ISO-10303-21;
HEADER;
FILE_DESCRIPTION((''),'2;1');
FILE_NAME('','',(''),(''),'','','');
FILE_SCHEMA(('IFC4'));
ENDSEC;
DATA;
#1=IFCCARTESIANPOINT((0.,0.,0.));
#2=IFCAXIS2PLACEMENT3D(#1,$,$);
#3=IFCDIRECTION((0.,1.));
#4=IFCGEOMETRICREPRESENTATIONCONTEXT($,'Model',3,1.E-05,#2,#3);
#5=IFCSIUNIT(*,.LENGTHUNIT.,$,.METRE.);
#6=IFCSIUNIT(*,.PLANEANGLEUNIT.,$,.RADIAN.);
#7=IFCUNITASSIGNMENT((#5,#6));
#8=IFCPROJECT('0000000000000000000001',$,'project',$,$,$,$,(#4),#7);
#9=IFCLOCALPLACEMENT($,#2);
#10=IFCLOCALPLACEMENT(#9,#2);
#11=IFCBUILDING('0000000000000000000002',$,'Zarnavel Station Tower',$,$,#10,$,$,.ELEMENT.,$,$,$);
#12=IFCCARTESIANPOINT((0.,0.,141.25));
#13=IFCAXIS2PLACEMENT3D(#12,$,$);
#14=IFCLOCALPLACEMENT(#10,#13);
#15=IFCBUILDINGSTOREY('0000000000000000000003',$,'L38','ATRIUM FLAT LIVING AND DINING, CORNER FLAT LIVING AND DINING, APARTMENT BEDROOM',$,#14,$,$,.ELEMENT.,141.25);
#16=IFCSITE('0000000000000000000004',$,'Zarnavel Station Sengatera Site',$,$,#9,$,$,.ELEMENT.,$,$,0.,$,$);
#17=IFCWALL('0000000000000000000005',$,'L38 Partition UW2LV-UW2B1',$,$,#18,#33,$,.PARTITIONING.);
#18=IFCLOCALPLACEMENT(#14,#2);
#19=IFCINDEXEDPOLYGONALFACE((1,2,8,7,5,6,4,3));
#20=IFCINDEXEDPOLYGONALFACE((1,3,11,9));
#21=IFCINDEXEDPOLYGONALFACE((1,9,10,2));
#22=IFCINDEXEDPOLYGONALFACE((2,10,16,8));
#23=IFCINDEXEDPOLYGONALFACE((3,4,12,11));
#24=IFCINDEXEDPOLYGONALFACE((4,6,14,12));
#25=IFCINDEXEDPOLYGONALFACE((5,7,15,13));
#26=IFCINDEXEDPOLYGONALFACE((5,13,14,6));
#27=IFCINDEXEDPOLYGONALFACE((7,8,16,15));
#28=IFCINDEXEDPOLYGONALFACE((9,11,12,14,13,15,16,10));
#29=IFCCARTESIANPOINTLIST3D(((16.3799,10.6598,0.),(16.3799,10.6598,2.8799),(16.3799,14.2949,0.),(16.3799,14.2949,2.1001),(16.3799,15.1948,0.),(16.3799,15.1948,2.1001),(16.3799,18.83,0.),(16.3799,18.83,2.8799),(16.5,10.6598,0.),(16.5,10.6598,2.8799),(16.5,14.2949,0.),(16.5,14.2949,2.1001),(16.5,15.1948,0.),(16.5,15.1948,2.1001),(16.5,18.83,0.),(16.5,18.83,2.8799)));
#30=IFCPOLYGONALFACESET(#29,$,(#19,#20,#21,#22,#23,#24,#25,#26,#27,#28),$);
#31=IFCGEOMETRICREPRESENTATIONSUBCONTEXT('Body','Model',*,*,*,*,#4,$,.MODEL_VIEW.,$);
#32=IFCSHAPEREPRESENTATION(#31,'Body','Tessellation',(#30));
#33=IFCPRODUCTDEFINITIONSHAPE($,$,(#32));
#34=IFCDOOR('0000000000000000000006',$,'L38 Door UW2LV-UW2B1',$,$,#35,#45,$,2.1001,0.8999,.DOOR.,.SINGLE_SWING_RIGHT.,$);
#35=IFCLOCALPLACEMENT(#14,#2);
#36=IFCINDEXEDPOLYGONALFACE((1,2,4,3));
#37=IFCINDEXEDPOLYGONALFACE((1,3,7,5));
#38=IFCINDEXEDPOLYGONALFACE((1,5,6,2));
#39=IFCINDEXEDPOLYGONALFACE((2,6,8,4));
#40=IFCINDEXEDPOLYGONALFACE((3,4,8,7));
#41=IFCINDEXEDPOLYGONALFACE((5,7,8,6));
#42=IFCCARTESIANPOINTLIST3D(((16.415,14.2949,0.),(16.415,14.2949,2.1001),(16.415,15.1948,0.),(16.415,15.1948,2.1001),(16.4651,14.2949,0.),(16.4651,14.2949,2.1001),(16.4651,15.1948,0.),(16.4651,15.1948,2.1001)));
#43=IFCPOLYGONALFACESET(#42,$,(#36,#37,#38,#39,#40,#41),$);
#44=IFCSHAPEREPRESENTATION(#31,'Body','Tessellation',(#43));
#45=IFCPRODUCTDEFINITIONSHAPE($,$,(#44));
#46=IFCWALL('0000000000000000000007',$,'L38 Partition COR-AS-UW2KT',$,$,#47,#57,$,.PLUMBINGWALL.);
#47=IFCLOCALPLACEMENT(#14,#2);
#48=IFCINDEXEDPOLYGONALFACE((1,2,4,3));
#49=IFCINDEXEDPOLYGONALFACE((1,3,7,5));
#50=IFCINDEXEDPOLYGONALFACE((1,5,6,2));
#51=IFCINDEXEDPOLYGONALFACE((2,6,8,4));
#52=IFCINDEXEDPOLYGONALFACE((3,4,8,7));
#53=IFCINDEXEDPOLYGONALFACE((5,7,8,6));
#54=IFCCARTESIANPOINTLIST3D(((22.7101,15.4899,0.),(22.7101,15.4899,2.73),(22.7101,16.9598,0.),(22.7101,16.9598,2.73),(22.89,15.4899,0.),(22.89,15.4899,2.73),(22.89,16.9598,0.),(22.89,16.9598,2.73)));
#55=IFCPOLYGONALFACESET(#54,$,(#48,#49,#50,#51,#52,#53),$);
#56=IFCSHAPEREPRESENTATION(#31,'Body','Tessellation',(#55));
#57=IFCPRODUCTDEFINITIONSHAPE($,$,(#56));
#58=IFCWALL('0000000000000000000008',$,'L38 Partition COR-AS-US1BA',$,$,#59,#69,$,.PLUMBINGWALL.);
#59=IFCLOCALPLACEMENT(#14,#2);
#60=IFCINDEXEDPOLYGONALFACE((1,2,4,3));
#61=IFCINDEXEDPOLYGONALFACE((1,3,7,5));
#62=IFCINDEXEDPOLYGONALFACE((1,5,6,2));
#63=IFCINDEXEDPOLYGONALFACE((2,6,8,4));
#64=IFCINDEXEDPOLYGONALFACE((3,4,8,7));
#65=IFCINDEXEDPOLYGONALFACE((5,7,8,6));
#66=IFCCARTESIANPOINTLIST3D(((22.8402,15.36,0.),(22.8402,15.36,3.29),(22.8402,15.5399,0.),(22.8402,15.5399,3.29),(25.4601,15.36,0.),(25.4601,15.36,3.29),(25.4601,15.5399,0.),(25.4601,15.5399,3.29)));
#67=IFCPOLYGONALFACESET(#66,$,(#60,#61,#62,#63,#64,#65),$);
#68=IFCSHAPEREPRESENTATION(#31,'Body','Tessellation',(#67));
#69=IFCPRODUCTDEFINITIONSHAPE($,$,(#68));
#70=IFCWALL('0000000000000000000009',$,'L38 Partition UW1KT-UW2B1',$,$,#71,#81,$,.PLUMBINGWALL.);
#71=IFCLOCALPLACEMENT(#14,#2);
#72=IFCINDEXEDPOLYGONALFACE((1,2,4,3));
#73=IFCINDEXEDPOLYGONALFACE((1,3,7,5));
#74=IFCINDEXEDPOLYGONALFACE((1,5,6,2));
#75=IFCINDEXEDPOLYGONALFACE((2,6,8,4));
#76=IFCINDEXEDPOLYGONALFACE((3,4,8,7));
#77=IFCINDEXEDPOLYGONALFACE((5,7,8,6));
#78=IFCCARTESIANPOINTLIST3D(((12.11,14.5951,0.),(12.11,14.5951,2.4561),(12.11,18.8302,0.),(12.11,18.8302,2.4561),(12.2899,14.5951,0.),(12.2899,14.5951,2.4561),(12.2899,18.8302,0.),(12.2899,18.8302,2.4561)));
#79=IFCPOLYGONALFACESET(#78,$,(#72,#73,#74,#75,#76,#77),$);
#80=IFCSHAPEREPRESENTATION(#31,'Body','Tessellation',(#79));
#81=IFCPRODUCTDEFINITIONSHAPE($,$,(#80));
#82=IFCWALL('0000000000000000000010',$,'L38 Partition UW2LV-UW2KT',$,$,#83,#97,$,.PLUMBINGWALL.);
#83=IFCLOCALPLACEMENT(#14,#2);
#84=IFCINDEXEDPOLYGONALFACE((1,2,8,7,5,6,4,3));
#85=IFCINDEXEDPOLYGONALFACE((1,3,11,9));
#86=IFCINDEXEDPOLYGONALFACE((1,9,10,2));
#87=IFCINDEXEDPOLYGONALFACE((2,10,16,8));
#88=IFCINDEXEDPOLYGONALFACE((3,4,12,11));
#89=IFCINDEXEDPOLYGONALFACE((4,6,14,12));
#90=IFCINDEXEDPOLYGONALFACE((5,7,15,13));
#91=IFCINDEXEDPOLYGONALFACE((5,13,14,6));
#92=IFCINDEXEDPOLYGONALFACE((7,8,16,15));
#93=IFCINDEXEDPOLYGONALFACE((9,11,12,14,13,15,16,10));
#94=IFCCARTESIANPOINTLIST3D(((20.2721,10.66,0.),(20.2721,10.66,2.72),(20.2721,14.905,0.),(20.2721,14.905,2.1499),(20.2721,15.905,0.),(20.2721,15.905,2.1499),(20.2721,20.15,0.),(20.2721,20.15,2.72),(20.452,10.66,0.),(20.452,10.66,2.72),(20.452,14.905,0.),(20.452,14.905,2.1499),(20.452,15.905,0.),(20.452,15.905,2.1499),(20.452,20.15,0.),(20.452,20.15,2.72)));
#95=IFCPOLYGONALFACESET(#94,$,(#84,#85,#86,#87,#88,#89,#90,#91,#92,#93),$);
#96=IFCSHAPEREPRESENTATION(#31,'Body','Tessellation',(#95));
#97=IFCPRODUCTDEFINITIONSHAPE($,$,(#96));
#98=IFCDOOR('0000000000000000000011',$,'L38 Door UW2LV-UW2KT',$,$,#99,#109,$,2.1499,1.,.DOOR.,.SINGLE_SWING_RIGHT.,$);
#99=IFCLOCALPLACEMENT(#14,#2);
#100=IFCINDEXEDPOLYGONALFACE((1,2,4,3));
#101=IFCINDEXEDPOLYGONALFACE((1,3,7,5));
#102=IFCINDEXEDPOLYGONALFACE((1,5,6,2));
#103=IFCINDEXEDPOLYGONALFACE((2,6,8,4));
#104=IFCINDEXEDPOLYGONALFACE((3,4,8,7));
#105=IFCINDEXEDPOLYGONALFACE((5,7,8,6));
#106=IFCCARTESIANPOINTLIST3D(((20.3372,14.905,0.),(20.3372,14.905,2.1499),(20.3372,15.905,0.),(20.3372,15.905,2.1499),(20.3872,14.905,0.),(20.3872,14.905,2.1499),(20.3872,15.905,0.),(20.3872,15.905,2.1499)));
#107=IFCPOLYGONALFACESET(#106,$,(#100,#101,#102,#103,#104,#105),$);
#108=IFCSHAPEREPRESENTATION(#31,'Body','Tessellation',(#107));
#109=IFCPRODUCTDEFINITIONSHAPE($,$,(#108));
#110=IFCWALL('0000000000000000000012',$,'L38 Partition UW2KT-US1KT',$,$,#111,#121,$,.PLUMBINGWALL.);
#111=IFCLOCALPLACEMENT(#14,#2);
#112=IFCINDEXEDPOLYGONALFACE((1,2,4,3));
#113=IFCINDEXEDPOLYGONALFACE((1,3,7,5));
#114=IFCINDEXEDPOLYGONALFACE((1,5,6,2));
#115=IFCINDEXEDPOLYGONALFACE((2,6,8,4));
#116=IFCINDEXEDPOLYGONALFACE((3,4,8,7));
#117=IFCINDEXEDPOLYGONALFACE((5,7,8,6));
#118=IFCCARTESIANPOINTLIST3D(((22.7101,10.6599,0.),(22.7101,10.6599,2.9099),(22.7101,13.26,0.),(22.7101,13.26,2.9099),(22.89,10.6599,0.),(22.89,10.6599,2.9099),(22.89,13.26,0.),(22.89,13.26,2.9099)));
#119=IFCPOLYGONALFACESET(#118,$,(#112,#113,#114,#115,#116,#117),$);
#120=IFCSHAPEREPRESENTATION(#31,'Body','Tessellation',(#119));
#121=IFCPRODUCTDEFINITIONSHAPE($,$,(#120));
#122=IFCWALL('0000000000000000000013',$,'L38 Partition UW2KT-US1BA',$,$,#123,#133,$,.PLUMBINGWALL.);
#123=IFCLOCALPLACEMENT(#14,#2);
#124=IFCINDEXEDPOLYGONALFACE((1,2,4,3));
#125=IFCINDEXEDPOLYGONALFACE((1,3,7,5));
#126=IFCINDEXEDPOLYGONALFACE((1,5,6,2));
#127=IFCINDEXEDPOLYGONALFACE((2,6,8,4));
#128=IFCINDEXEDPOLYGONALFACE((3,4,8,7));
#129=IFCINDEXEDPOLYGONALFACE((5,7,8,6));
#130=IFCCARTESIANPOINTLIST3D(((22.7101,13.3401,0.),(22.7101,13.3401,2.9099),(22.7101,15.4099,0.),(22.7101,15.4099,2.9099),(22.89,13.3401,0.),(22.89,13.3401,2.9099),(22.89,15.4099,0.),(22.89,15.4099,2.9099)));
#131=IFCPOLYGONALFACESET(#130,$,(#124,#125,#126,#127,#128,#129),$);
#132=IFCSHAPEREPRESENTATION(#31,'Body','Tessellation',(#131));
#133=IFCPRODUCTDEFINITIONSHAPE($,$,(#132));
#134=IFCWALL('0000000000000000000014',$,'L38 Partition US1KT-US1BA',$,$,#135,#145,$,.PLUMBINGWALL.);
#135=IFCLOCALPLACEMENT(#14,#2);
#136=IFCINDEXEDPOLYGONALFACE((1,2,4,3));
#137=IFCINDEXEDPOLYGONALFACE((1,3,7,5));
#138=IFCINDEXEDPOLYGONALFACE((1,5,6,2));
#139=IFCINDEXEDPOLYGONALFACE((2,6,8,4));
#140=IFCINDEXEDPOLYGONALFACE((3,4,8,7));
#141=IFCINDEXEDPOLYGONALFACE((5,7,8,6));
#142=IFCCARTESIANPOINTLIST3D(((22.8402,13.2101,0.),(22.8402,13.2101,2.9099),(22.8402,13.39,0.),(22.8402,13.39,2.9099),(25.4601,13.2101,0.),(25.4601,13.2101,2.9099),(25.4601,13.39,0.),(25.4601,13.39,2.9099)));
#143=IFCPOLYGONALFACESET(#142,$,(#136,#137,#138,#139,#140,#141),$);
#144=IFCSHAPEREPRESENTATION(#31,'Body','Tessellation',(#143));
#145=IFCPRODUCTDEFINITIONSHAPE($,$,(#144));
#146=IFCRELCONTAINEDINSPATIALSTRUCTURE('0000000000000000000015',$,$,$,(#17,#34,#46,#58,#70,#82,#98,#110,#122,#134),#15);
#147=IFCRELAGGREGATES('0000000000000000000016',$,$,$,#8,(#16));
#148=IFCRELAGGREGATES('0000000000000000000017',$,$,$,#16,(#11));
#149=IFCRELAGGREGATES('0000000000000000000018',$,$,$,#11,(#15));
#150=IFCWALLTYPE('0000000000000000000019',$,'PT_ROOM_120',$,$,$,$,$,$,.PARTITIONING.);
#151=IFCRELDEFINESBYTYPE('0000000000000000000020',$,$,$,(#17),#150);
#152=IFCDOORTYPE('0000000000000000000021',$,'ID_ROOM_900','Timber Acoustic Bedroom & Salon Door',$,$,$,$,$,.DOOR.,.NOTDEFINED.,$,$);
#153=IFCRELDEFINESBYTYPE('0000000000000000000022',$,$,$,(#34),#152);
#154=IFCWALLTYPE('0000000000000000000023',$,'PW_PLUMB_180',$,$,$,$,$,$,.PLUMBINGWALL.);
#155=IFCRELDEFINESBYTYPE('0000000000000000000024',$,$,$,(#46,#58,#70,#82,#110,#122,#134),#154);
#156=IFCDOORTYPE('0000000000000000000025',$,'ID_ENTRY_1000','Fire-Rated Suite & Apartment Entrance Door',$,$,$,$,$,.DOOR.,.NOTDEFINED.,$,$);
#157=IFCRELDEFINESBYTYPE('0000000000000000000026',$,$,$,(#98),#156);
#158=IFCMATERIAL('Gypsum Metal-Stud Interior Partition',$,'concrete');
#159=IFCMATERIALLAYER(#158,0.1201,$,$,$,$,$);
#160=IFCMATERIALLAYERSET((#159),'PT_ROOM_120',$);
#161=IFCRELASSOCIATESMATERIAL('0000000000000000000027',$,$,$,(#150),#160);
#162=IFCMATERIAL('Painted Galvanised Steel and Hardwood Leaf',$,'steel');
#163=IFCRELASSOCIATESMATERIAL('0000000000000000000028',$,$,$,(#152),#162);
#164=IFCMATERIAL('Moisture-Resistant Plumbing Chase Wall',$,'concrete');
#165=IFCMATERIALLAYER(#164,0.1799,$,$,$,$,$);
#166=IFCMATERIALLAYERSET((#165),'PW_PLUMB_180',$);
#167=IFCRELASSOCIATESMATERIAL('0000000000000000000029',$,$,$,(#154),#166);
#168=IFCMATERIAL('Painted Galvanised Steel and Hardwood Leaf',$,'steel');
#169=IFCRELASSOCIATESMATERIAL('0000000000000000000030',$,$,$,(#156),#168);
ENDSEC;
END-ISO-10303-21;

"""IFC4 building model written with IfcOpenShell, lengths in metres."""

from ifc_helpers import new_model, si_unit, direction, frame, frame_2d, origin, place, context, subcontext, project, spatial, rectangle, extrude, material, layer, layer_set, type_object, element, fill, save


model = new_model("IFC4")

# Units and contexts
model_context = context("Model", 3, precision=1e-05, world=origin(), true_north=direction((0.0, 1.0)))
body_context = subcontext(model_context, "Body", "Model", "MODEL_VIEW")
ifc_project = project(units=[si_unit("LENGTHUNIT", "METRE"), si_unit("PLANEANGLEUNIT", "RADIAN")], contexts=[model_context])

# Site, building, storey
site_placement = place(None, origin())
site = spatial("IfcSite", under=ifc_project, at=site_placement, Name="Zarnavel Station Sengatera Site", CompositionType="ELEMENT", RefElevation=0.0)
building_placement = place(site_placement, origin())
building = spatial("IfcBuilding", under=site, at=building_placement, Name="Zarnavel Station Tower", CompositionType="ELEMENT")
storey_placement = place(building_placement, frame((0.0, 0.0, 141.25)))
storey = spatial("IfcBuildingStorey", under=building, at=storey_placement, Name="L38", Description="ATRIUM FLAT LIVING AND DINING, CORNER FLAT LIVING AND DINING, APARTMENT BEDROOM", CompositionType="ELEMENT", Elevation=141.25)

# Wall, opening, door
ifc_material_1 = material(Name="Gypsum Metal-Stud Interior Partition", Category="concrete")
ifc_layer_1 = layer(ifc_material_1, 0.1201)
ifc_layer_set_1 = layer_set([ifc_layer_1], Name="PT_ROOM_120")
wall_type_1 = type_object("IfcWallType", Name="PT_ROOM_120", PredefinedType="PARTITIONING", material=ifc_layer_set_1)
wall_1_placement = place(storey_placement, frame((16.4399, 10.6599, 0.0), z_axis=(0.0, 0.0, 1.0), x_axis=(0.0, 1.0, 0.0)))
wall_1 = element("IfcWall", 1, at=wall_1_placement, inside=storey, type_object=wall_type_1, Name="L38 Partition UW2LV-UW2B1", PredefinedType="PARTITIONING", context=body_context, shape_type="SweptSolid", body=[
    extrude(rectangle(XDim=8.1702, YDim=0.1201, at=frame_2d((4.085, 0.0))), origin(), (0.0, 0.0, 1.0), 2.8799),
])
opening_1_placement = place(wall_1_placement, frame((3.635, 0.0, 0.0)))
opening_1 = element("IfcOpeningElement", 2, at=opening_1_placement, cuts=wall_1, PredefinedType="OPENING", context=body_context, shape_type="SweptSolid", body=[
    extrude(rectangle(XDim=0.8999, YDim=2.1001, at=frame_2d((0.45, 1.05))), frame((0.0, 0.0701, 0.0), z_axis=(0.0, -1.0, 0.0), x_axis=(1.0, 0.0, 0.0)), (0.0, 0.0, 1.0), 0.1401),
])
ifc_material_2 = material(Name="Painted Galvanised Steel and Hardwood Leaf", Category="steel")
door_type_1 = type_object("IfcDoorType", Name="ID_ROOM_900", Description="Timber Acoustic Bedroom & Salon Door", OperationType="NOTDEFINED", PredefinedType="DOOR", material=ifc_material_2)
door_1_placement = place(opening_1_placement, origin())
door_1 = element("IfcDoor", 3, at=door_1_placement, inside=storey, type_object=door_type_1, Name="L38 Door UW2LV-UW2B1", OperationType="SINGLE_SWING_RIGHT", OverallHeight=2.1001, OverallWidth=0.8999, PredefinedType="DOOR", context=body_context, shape_type="SweptSolid", body=[
    extrude(rectangle(XDim=0.8999, YDim=2.1001, at=frame_2d((0.45, 1.05))), frame((0.0, 0.0249, 0.0), z_axis=(0.0, -1.0, 0.0), x_axis=(1.0, 0.0, 0.0)), (0.0, 0.0, 1.0), 0.05),
])
fill(opening_1, door_1)

# Walls
ifc_material_3 = material(Name="Moisture-Resistant Plumbing Chase Wall", Category="concrete")
ifc_layer_2 = layer(ifc_material_3, 0.1799)
ifc_layer_set_2 = layer_set([ifc_layer_2], Name="PW_PLUMB_180")
wall_type_2 = type_object("IfcWallType", Name="PW_PLUMB_180", PredefinedType="PLUMBINGWALL", material=ifc_layer_set_2)
wall_2_placement = place(storey_placement, frame((22.8, 15.49, 0.0), z_axis=(0.0, 0.0, 1.0), x_axis=(0.0, 1.0, 0.0)))
element("IfcWall", 4, at=wall_2_placement, inside=storey, type_object=wall_type_2, Name="L38 Partition COR-AS-UW2KT", PredefinedType="PLUMBINGWALL", context=body_context, shape_type="SweptSolid", body=[
    extrude(rectangle(XDim=1.47, YDim=0.1799, at=frame_2d((0.7349, 0.0))), origin(), (0.0, 0.0, 1.0), 2.73),
])
wall_3_placement = place(storey_placement, frame((22.8401, 15.45, 0.0), z_axis=(0.0, 0.0, 1.0), x_axis=(1.0, 0.0, 0.0)))
element("IfcWall", 5, at=wall_3_placement, inside=storey, type_object=wall_type_2, Name="L38 Partition COR-AS-US1BA", PredefinedType="PLUMBINGWALL", context=body_context, shape_type="SweptSolid", body=[
    extrude(rectangle(XDim=2.6199, YDim=0.1799, at=frame_2d((1.3101, 0.0))), origin(), (0.0, 0.0, 1.0), 3.29),
])
wall_4_placement = place(storey_placement, frame((12.2, 14.595, 0.0), z_axis=(0.0, 0.0, 1.0), x_axis=(0.0, 1.0, 0.0)))
element("IfcWall", 6, at=wall_4_placement, inside=storey, type_object=wall_type_2, Name="L38 Partition UW1KT-UW2B1", PredefinedType="PLUMBINGWALL", context=body_context, shape_type="SweptSolid", body=[
    extrude(rectangle(XDim=4.2351, YDim=0.1799, at=frame_2d((2.1177, 0.0))), origin(), (0.0, 0.0, 1.0), 2.4561),
])

# Wall, opening, door
wall_5_placement = place(storey_placement, frame((20.3621, 10.6599, 0.0), z_axis=(0.0, 0.0, 1.0), x_axis=(0.0, 1.0, 0.0)))
wall_5 = element("IfcWall", 7, at=wall_5_placement, inside=storey, type_object=wall_type_2, Name="L38 Partition UW2LV-UW2KT", PredefinedType="PLUMBINGWALL", context=body_context, shape_type="SweptSolid", body=[
    extrude(rectangle(XDim=9.49, YDim=0.1799, at=frame_2d((4.7451, 0.0))), origin(), (0.0, 0.0, 1.0), 2.72),
])
opening_2_placement = place(wall_5_placement, frame((4.2451, 0.0, 0.0)))
opening_2 = element("IfcOpeningElement", 8, at=opening_2_placement, cuts=wall_5, PredefinedType="OPENING", context=body_context, shape_type="SweptSolid", body=[
    extrude(rectangle(XDim=1.0, YDim=2.1499, at=frame_2d((0.5, 1.075))), frame((0.0, 0.0999, 0.0), z_axis=(0.0, -1.0, 0.0), x_axis=(1.0, 0.0, 0.0)), (0.0, 0.0, 1.0), 0.2),
])
ifc_material_4 = material(Name="Painted Galvanised Steel and Hardwood Leaf", Category="steel")
door_type_2 = type_object("IfcDoorType", Name="ID_ENTRY_1000", Description="Fire-Rated Suite & Apartment Entrance Door", OperationType="NOTDEFINED", PredefinedType="DOOR", material=ifc_material_4)
door_2_placement = place(opening_2_placement, origin())
door_2 = element("IfcDoor", 9, at=door_2_placement, inside=storey, type_object=door_type_2, Name="L38 Door UW2LV-UW2KT", OperationType="SINGLE_SWING_RIGHT", OverallHeight=2.1499, OverallWidth=1.0, PredefinedType="DOOR", context=body_context, shape_type="SweptSolid", body=[
    extrude(rectangle(XDim=1.0, YDim=2.1499, at=frame_2d((0.5, 1.075))), frame((0.0, 0.0249, 0.0), z_axis=(0.0, -1.0, 0.0), x_axis=(1.0, 0.0, 0.0)), (0.0, 0.0, 1.0), 0.05),
])
fill(opening_2, door_2)

# Walls
wall_6_placement = place(storey_placement, frame((22.8, 10.6599, 0.0), z_axis=(0.0, 0.0, 1.0), x_axis=(0.0, 1.0, 0.0)))
element("IfcWall", 10, at=wall_6_placement, inside=storey, type_object=wall_type_2, Name="L38 Partition UW2KT-US1KT", PredefinedType="PLUMBINGWALL", context=body_context, shape_type="SweptSolid", body=[
    extrude(rectangle(XDim=2.6001, YDim=0.1799, at=frame_2d((1.3, 0.0))), origin(), (0.0, 0.0, 1.0), 2.9099),
])
wall_7_placement = place(storey_placement, frame((22.8, 13.3401, 0.0), z_axis=(0.0, 0.0, 1.0), x_axis=(0.0, 1.0, 0.0)))
element("IfcWall", 11, at=wall_7_placement, inside=storey, type_object=wall_type_2, Name="L38 Partition UW2KT-US1BA", PredefinedType="PLUMBINGWALL", context=body_context, shape_type="SweptSolid", body=[
    extrude(rectangle(XDim=2.0698, YDim=0.1799, at=frame_2d((1.0349, 0.0))), origin(), (0.0, 0.0, 1.0), 2.9099),
])
wall_8_placement = place(storey_placement, frame((22.8401, 13.3, 0.0), z_axis=(0.0, 0.0, 1.0), x_axis=(1.0, 0.0, 0.0)))
element("IfcWall", 12, at=wall_8_placement, inside=storey, type_object=wall_type_2, Name="L38 Partition US1KT-US1BA", PredefinedType="PLUMBINGWALL", context=body_context, shape_type="SweptSolid", body=[
    extrude(rectangle(XDim=2.6199, YDim=0.1799, at=frame_2d((1.3101, 0.0))), origin(), (0.0, 0.0, 1.0), 2.9099),
])

save(model, "model.ifc")
